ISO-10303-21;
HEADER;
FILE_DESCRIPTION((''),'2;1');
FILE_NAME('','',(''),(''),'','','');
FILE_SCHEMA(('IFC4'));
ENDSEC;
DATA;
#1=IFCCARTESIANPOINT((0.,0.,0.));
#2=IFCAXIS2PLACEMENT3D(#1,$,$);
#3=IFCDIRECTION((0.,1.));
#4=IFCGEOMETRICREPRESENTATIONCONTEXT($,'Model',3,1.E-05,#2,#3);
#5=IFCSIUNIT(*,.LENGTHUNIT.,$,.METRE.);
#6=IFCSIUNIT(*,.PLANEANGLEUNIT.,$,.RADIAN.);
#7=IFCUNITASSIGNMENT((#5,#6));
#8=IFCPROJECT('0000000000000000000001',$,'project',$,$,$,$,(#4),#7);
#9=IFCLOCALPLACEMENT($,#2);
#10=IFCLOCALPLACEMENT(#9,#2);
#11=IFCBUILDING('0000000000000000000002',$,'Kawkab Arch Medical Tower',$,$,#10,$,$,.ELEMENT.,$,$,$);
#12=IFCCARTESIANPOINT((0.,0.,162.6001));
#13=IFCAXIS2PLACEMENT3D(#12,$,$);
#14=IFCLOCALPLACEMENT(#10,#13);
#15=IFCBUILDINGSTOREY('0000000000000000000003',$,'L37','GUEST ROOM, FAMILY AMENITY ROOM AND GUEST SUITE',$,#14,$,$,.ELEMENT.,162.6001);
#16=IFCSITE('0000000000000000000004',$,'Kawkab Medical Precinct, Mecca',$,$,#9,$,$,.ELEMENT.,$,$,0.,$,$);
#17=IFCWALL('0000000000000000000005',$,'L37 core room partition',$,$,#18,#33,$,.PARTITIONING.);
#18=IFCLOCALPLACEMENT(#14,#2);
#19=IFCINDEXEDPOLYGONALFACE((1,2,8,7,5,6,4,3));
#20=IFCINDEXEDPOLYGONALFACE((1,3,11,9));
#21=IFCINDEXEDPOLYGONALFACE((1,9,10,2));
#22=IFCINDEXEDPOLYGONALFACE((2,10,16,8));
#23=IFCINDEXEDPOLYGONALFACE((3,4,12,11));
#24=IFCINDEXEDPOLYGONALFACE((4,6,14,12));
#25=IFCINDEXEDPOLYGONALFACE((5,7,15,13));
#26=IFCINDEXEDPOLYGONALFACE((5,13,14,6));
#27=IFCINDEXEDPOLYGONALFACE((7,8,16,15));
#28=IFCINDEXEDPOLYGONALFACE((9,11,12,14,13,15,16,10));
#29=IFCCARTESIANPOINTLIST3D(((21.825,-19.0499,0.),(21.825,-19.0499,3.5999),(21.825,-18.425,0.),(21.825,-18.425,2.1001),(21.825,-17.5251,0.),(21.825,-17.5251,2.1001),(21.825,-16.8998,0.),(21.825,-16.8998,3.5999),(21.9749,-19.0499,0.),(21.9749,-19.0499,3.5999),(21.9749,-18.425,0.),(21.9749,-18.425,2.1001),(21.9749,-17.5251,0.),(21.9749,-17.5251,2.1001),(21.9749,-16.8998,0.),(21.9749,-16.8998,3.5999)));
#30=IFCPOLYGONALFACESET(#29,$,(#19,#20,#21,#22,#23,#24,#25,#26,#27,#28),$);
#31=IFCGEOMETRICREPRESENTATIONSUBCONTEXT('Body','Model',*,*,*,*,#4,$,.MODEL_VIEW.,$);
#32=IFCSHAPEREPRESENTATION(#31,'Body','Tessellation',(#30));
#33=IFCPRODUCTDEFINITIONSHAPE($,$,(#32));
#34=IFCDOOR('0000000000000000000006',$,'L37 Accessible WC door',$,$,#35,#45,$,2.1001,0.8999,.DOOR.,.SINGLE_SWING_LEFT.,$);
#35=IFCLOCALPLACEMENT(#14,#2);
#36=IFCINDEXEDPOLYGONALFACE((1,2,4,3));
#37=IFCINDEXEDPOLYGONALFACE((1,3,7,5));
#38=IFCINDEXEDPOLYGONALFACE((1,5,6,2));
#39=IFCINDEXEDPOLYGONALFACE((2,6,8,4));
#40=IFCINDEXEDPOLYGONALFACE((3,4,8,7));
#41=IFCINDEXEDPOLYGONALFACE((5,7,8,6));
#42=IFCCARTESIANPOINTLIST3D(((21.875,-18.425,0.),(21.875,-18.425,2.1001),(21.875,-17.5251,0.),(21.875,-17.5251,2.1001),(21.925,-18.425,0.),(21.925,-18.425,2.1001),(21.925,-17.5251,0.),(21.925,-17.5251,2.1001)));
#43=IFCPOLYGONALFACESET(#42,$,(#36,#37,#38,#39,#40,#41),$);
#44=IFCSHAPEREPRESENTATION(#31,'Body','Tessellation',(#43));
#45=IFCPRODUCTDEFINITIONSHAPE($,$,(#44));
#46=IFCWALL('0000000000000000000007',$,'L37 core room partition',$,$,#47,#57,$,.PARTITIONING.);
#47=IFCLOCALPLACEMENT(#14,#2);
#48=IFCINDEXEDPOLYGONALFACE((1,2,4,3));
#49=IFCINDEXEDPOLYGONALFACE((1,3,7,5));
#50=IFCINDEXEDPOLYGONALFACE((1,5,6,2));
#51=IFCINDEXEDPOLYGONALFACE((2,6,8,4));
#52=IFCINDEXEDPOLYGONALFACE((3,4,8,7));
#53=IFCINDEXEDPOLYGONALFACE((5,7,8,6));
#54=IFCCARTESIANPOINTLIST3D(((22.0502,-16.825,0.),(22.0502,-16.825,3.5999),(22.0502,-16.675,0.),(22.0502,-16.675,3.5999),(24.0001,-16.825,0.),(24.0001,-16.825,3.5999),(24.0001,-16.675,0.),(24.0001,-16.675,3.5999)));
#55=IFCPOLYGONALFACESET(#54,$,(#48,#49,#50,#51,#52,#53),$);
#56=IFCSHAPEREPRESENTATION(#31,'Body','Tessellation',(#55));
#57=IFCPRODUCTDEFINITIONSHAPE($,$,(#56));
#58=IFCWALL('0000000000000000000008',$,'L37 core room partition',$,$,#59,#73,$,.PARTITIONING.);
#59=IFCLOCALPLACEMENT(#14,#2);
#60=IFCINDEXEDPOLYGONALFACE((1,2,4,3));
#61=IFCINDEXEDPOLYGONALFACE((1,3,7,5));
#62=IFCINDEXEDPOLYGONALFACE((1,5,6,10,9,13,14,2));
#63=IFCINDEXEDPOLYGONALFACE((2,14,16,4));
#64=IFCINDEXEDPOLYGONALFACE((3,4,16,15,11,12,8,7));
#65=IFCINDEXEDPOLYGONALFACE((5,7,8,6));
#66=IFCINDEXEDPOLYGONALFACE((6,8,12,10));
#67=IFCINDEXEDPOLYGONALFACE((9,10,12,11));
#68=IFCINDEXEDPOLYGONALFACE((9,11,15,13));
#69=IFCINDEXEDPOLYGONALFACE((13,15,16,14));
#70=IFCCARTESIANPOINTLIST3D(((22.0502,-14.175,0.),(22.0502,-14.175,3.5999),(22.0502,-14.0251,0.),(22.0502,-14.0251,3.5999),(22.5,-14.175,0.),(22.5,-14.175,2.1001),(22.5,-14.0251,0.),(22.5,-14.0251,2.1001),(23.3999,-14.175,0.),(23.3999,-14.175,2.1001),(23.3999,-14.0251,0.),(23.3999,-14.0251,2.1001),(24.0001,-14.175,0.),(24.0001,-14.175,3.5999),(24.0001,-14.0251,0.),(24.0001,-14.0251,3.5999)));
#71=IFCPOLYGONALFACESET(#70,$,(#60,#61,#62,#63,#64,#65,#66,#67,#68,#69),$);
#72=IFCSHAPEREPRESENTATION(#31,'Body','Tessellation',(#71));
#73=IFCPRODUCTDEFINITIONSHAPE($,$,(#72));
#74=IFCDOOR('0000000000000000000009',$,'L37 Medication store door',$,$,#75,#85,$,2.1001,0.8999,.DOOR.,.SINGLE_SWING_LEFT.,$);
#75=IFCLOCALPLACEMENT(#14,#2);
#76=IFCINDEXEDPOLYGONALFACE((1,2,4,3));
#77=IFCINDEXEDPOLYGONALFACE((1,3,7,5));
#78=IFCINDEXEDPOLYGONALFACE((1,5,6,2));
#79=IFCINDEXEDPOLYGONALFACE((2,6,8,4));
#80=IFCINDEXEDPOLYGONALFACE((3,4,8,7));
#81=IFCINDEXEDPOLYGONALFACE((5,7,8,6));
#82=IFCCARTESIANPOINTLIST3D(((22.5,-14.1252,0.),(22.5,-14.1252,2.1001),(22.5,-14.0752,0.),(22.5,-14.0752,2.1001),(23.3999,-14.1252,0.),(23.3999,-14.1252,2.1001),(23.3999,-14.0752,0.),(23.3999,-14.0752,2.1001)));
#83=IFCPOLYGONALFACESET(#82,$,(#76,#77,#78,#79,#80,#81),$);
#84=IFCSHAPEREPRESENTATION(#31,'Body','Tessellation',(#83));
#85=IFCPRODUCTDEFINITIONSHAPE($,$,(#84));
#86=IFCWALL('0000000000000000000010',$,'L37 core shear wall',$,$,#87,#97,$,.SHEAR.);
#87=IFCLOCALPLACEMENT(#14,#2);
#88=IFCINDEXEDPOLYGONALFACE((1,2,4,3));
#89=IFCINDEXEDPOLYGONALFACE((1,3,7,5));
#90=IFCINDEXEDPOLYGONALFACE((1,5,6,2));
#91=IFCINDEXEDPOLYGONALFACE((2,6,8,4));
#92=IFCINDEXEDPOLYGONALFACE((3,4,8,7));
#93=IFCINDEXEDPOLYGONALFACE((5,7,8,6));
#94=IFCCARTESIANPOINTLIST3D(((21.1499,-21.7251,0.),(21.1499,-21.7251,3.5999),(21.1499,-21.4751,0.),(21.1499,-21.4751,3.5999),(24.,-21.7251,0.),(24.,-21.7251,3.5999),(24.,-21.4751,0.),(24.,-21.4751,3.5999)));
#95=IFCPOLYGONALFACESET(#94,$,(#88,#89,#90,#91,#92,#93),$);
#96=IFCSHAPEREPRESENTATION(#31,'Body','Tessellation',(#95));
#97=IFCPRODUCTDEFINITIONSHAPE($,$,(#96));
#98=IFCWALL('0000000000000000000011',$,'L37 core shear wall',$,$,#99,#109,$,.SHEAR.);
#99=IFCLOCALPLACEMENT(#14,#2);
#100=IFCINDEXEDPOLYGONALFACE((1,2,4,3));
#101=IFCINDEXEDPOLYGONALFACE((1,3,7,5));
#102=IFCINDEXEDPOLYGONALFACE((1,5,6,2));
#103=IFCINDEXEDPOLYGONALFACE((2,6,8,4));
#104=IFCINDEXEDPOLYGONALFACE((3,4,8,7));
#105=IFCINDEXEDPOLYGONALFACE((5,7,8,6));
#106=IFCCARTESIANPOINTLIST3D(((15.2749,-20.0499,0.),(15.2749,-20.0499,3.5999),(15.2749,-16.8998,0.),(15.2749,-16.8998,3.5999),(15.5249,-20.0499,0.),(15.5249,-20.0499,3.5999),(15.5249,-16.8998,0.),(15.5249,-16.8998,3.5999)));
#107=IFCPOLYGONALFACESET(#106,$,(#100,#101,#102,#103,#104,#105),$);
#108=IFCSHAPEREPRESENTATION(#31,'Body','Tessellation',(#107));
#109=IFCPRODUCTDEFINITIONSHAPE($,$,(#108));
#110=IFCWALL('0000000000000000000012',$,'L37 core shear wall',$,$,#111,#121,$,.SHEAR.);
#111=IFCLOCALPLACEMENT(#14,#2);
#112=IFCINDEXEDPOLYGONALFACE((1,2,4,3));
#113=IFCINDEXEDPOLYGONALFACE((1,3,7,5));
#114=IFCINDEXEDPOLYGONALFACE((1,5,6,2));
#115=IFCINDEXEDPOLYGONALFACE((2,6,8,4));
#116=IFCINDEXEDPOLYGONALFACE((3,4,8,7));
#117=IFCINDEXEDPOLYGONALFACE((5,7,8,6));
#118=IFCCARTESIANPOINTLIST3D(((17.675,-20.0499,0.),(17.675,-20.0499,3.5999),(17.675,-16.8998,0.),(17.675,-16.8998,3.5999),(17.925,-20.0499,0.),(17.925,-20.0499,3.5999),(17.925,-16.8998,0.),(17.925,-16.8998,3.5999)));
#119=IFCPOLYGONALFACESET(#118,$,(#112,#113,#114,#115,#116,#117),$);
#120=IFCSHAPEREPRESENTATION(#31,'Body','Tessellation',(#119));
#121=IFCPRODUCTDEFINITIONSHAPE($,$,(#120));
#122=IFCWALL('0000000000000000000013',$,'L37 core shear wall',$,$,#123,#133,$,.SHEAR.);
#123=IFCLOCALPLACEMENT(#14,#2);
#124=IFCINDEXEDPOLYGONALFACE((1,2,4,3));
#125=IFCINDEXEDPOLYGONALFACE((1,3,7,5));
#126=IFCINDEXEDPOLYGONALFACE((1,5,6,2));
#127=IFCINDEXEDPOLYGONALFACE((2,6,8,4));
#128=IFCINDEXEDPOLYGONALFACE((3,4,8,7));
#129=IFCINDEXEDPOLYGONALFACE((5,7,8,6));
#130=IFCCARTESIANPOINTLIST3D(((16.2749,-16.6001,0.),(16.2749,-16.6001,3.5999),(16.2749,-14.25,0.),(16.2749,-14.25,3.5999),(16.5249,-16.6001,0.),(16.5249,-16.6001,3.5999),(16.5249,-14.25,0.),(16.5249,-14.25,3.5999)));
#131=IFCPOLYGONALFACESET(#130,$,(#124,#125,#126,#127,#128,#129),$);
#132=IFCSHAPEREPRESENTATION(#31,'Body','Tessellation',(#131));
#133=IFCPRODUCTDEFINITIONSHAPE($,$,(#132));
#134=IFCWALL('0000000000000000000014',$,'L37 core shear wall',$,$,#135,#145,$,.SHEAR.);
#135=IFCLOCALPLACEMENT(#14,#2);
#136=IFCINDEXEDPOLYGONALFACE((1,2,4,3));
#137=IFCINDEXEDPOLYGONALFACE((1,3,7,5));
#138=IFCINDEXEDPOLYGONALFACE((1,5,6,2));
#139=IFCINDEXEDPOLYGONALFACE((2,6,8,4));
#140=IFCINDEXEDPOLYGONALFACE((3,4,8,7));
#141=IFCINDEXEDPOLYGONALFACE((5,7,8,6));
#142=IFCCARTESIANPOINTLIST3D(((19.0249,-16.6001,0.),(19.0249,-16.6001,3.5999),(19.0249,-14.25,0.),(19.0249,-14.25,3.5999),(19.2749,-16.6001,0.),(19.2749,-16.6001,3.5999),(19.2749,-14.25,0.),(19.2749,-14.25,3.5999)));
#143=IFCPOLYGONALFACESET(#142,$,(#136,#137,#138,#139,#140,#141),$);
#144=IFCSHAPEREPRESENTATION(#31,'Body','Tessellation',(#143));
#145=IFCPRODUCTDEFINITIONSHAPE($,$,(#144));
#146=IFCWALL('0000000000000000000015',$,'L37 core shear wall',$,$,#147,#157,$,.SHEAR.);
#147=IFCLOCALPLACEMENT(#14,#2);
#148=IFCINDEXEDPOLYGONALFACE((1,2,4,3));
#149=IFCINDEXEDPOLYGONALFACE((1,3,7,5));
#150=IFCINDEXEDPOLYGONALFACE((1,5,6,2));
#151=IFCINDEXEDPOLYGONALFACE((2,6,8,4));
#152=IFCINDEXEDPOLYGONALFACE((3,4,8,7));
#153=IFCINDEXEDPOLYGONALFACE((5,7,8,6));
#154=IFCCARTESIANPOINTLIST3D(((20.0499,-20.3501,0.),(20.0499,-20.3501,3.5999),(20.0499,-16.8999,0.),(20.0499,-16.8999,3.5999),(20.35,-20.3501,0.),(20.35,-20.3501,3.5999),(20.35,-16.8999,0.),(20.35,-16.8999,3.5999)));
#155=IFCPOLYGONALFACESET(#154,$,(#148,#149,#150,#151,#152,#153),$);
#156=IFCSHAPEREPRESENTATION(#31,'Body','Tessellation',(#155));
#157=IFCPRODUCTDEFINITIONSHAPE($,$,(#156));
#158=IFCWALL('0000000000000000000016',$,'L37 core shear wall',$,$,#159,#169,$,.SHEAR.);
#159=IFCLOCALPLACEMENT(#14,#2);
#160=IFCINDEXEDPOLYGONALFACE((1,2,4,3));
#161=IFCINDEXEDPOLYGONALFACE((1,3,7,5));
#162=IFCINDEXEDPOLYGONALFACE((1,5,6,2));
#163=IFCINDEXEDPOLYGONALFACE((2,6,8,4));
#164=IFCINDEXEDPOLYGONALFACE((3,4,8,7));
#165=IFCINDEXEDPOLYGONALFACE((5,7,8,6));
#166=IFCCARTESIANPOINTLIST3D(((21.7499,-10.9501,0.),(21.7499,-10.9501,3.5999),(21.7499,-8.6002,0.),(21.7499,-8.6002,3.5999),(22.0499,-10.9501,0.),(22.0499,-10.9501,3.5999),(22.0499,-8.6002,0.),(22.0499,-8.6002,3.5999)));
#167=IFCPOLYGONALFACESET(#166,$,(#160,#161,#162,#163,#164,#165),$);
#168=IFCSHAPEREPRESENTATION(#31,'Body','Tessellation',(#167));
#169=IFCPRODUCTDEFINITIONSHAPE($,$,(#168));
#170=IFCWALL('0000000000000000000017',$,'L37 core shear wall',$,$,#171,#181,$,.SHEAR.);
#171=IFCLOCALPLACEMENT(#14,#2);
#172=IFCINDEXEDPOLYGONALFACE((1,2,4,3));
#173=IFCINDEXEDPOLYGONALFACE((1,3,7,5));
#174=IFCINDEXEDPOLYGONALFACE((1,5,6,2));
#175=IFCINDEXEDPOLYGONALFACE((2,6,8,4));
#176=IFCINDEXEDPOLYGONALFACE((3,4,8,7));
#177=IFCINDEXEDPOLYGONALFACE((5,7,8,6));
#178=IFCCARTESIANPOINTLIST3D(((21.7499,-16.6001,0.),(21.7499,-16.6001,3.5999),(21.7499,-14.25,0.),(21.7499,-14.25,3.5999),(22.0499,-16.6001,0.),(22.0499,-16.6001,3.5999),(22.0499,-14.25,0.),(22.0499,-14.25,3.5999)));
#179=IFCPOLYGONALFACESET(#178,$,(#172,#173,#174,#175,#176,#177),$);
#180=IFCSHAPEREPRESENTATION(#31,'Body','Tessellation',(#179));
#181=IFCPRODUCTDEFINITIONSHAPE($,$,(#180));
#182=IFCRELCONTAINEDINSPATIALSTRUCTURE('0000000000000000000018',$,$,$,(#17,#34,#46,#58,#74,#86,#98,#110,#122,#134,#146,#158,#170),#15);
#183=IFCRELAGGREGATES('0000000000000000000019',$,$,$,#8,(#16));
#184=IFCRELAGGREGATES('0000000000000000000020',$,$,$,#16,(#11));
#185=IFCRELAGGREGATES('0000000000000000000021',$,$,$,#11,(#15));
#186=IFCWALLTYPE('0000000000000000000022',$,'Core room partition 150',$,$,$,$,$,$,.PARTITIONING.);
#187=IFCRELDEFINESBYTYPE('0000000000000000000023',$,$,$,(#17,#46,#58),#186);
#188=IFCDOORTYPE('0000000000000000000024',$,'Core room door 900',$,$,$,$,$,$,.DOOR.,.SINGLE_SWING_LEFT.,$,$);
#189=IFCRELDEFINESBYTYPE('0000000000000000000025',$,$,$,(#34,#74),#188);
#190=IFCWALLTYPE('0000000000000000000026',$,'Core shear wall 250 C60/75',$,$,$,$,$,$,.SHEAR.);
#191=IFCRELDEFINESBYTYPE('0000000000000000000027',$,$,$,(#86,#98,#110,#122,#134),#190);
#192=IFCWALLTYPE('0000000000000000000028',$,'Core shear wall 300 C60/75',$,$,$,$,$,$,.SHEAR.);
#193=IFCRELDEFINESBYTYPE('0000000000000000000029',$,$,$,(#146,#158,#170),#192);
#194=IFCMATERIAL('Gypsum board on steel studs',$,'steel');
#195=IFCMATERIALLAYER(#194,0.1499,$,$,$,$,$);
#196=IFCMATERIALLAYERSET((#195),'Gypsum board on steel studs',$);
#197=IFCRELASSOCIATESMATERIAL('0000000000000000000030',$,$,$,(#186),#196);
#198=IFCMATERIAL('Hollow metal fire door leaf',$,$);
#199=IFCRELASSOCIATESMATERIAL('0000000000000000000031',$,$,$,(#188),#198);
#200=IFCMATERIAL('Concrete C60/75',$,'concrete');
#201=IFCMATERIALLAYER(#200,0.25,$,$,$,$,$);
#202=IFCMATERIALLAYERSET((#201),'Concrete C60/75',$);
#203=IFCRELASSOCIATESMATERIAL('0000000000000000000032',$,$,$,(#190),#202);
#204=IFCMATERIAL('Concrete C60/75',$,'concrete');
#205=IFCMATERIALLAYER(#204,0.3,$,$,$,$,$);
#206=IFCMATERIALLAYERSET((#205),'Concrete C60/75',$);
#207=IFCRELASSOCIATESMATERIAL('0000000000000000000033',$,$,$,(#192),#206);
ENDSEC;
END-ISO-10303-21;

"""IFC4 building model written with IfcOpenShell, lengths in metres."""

from ifc_helpers import new_model, si_unit, direction, frame, frame_2d, origin, place, context, subcontext, project, spatial, rectangle, extrude, material, layer, layer_set, type_object, element, fill, save


model = new_model("IFC4")

# Units and contexts
model_context = context("Model", 3, precision=1e-05, world=origin(), true_north=direction((0.0, 1.0)))
body_context = subcontext(model_context, "Body", "Model", "MODEL_VIEW")
ifc_project = project(units=[si_unit("LENGTHUNIT", "METRE"), si_unit("PLANEANGLEUNIT", "RADIAN")], contexts=[model_context])

# Site, building, storey
site_placement = place(None, origin())
site = spatial("IfcSite", under=ifc_project, at=site_placement, Name="Kawkab Medical Precinct, Mecca", CompositionType="ELEMENT", RefElevation=0.0)
building_placement = place(site_placement, origin())
building = spatial("IfcBuilding", under=site, at=building_placement, Name="Kawkab Arch Medical Tower", CompositionType="ELEMENT")
storey_placement = place(building_placement, frame((0.0, 0.0, 162.6001)))
storey = spatial("IfcBuildingStorey", under=building, at=storey_placement, Name="L37", Description="GUEST ROOM, FAMILY AMENITY ROOM AND GUEST SUITE", CompositionType="ELEMENT", Elevation=162.6001)

# Wall, opening, door
ifc_material_1 = material(Name="Gypsum board on steel studs", Category="steel")
ifc_layer_1 = layer(ifc_material_1, 0.1499)
ifc_layer_set_1 = layer_set([ifc_layer_1], Name="Gypsum board on steel studs")
wall_type_1 = type_object("IfcWallType", Name="Core room partition 150", PredefinedType="PARTITIONING", material=ifc_layer_set_1)
wall_1_placement = place(storey_placement, frame((21.8999, -19.05, 0.0), z_axis=(0.0, 0.0, 1.0), x_axis=(0.0, 1.0, 0.0)))
wall_1 = element("IfcWall", 1, at=wall_1_placement, inside=storey, type_object=wall_type_1, Name="L37 core room partition", PredefinedType="PARTITIONING", context=body_context, shape_type="SweptSolid", body=[
    extrude(rectangle(XDim=2.1501, YDim=0.1499, at=frame_2d((1.0752, 0.0))), origin(), (0.0, 0.0, 1.0), 3.5999),
])
opening_1_placement = place(wall_1_placement, frame((0.625, 0.0, 0.0)))
opening_1 = element("IfcOpeningElement", 2, at=opening_1_placement, cuts=wall_1, PredefinedType="OPENING", context=body_context, shape_type="SweptSolid", body=[
    extrude(rectangle(XDim=0.8999, YDim=2.1001, at=frame_2d((0.45, 1.05))), frame((0.0, 0.085, 0.0), z_axis=(0.0, -1.0, 0.0), x_axis=(1.0, 0.0, 0.0)), (0.0, 0.0, 1.0), 0.1699),
])
ifc_material_2 = material(Name="Hollow metal fire door leaf")
door_type = type_object("IfcDoorType", Name="Core room door 900", OperationType="SINGLE_SWING_LEFT", PredefinedType="DOOR", material=ifc_material_2)
door_1_placement = place(opening_1_placement, origin())
door_1 = element("IfcDoor", 3, at=door_1_placement, inside=storey, type_object=door_type, Name="L37 Accessible WC door", OperationType="SINGLE_SWING_LEFT", OverallHeight=2.1001, OverallWidth=0.8999, PredefinedType="DOOR", context=body_context, shape_type="SweptSolid", body=[
    extrude(rectangle(XDim=0.8999, YDim=2.1001, at=frame_2d((0.45, 1.05))), frame((0.0, 0.0249, 0.0), z_axis=(0.0, -1.0, 0.0), x_axis=(1.0, 0.0, 0.0)), (0.0, 0.0, 1.0), 0.05),
])
fill(opening_1, door_1)

# Wall
wall_2_placement = place(storey_placement, frame((22.05, -16.75, 0.0), z_axis=(0.0, 0.0, 1.0), x_axis=(1.0, 0.0, 0.0)))
element("IfcWall", 4, at=wall_2_placement, inside=storey, type_object=wall_type_1, Name="L37 core room partition", PredefinedType="PARTITIONING", context=body_context, shape_type="SweptSolid", body=[
    extrude(rectangle(XDim=1.95, YDim=0.1499, at=frame_2d((0.9751, 0.0))), origin(), (0.0, 0.0, 1.0), 3.5999),
])

# Wall, opening, door
wall_3_placement = place(storey_placement, frame((22.05, -14.1001, 0.0), z_axis=(0.0, 0.0, 1.0), x_axis=(1.0, 0.0, 0.0)))
wall_3 = element("IfcWall", 5, at=wall_3_placement, inside=storey, type_object=wall_type_1, Name="L37 core room partition", PredefinedType="PARTITIONING", context=body_context, shape_type="SweptSolid", body=[
    extrude(rectangle(XDim=1.95, YDim=0.1499, at=frame_2d((0.9751, 0.0))), origin(), (0.0, 0.0, 1.0), 3.5999),
])
opening_2_placement = place(wall_3_placement, frame((0.45, 0.0, 0.0)))
opening_2 = element("IfcOpeningElement", 6, at=opening_2_placement, cuts=wall_3, PredefinedType="OPENING", context=body_context, shape_type="SweptSolid", body=[
    extrude(rectangle(XDim=0.8999, YDim=2.1001, at=frame_2d((0.45, 1.05))), frame((0.0, 0.085, 0.0), z_axis=(0.0, -1.0, 0.0), x_axis=(1.0, 0.0, 0.0)), (0.0, 0.0, 1.0), 0.1699),
])
door_2_placement = place(opening_2_placement, origin())
door_2 = element("IfcDoor", 7, at=door_2_placement, inside=storey, type_object=door_type, Name="L37 Medication store door", OperationType="SINGLE_SWING_LEFT", OverallHeight=2.1001, OverallWidth=0.8999, PredefinedType="DOOR", context=body_context, shape_type="SweptSolid", body=[
    extrude(rectangle(XDim=0.8999, YDim=2.1001, at=frame_2d((0.45, 1.05))), frame((0.0, 0.0249, 0.0), z_axis=(0.0, -1.0, 0.0), x_axis=(1.0, 0.0, 0.0)), (0.0, 0.0, 1.0), 0.05),
])
fill(opening_2, door_2)

# Walls
ifc_material_3 = material(Name="Concrete C60/75", Category="concrete")
ifc_layer_2 = layer(ifc_material_3, 0.25)
ifc_layer_set_2 = layer_set([ifc_layer_2], Name="Concrete C60/75")
wall_type_2 = type_object("IfcWallType", Name="Core shear wall 250 C60/75", PredefinedType="SHEAR", material=ifc_layer_set_2)
wall_4_placement = place(storey_placement, frame((21.1499, -21.6001, 0.0), z_axis=(0.0, 0.0, 1.0), x_axis=(1.0, 0.0, 0.0)))
element("IfcWall", 8, at=wall_4_placement, inside=storey, type_object=wall_type_2, Name="L37 core shear wall", PredefinedType="SHEAR", context=body_context, shape_type="SweptSolid", body=[
    extrude(rectangle(XDim=2.8501, YDim=0.25, at=frame_2d((1.425, 0.0))), origin(), (0.0, 0.0, 1.0), 3.5999),
])
for number, where, z_axis, x_axis, name in (
    (9, (15.3999, -20.05, 0.0), (0.0, 0.0, 1.0), (0.0, 1.0, 0.0), "L37 core shear wall"),
    (10, (17.8, -20.05, 0.0), (0.0, 0.0, 1.0), (0.0, 1.0, 0.0), "L37 core shear wall"),
):
    element("IfcWall", number, at=place(storey_placement, frame(where, z_axis=z_axis, x_axis=x_axis)), inside=storey, type_object=wall_type_2, Name=name, PredefinedType="SHEAR", context=body_context, shape_type="SweptSolid", body=[
        extrude(rectangle(XDim=3.1501, YDim=0.25, at=frame_2d((1.5752, 0.0))), origin(), (0.0, 0.0, 1.0), 3.5999),
    ])
for number, where, z_axis, x_axis, name in (
    (11, (16.3999, -16.6001, 0.0), (0.0, 0.0, 1.0), (0.0, 1.0, 0.0), "L37 core shear wall"),
    (12, (19.1499, -16.6001, 0.0), (0.0, 0.0, 1.0), (0.0, 1.0, 0.0), "L37 core shear wall"),
):
    element("IfcWall", number, at=place(storey_placement, frame(where, z_axis=z_axis, x_axis=x_axis)), inside=storey, type_object=wall_type_2, Name=name, PredefinedType="SHEAR", context=body_context, shape_type="SweptSolid", body=[
        extrude(rectangle(XDim=2.3501, YDim=0.25, at=frame_2d((1.175, 0.0))), origin(), (0.0, 0.0, 1.0), 3.5999),
    ])
ifc_material_4 = material(Name="Concrete C60/75", Category="concrete")
ifc_layer_3 = layer(ifc_material_4, 0.3)
ifc_layer_set_3 = layer_set([ifc_layer_3], Name="Concrete C60/75")
wall_type_3 = type_object("IfcWallType", Name="Core shear wall 300 C60/75", PredefinedType="SHEAR", material=ifc_layer_set_3)
wall_5_placement = place(storey_placement, frame((20.2, -20.3501, 0.0), z_axis=(0.0, 0.0, 1.0), x_axis=(0.0, 1.0, 0.0)))
element("IfcWall", 13, at=wall_5_placement, inside=storey, type_object=wall_type_3, Name="L37 core shear wall", PredefinedType="SHEAR", context=body_context, shape_type="SweptSolid", body=[
    extrude(rectangle(XDim=3.4502, YDim=0.3, at=frame_2d((1.7251, 0.0))), origin(), (0.0, 0.0, 1.0), 3.5999),
])
wall_6_placement = place(storey_placement, frame((21.8999, -10.95, 0.0), z_axis=(0.0, 0.0, 1.0), x_axis=(0.0, 1.0, 0.0)))
element("IfcWall", 14, at=wall_6_placement, inside=storey, type_object=wall_type_3, Name="L37 core shear wall", PredefinedType="SHEAR", context=body_context, shape_type="SweptSolid", body=[
    extrude(rectangle(XDim=2.3499, YDim=0.3, at=frame_2d((1.1748, 0.0))), origin(), (0.0, 0.0, 1.0), 3.5999),
])
wall_7_placement = place(storey_placement, frame((21.8999, -16.6001, 0.0), z_axis=(0.0, 0.0, 1.0), x_axis=(0.0, 1.0, 0.0)))
element("IfcWall", 15, at=wall_7_placement, inside=storey, type_object=wall_type_3, Name="L37 core shear wall", PredefinedType="SHEAR", context=body_context, shape_type="SweptSolid", body=[
    extrude(rectangle(XDim=2.3501, YDim=0.3, at=frame_2d((1.175, 0.0))), origin(), (0.0, 0.0, 1.0), 3.5999),
])

save(model, "model.ifc")
